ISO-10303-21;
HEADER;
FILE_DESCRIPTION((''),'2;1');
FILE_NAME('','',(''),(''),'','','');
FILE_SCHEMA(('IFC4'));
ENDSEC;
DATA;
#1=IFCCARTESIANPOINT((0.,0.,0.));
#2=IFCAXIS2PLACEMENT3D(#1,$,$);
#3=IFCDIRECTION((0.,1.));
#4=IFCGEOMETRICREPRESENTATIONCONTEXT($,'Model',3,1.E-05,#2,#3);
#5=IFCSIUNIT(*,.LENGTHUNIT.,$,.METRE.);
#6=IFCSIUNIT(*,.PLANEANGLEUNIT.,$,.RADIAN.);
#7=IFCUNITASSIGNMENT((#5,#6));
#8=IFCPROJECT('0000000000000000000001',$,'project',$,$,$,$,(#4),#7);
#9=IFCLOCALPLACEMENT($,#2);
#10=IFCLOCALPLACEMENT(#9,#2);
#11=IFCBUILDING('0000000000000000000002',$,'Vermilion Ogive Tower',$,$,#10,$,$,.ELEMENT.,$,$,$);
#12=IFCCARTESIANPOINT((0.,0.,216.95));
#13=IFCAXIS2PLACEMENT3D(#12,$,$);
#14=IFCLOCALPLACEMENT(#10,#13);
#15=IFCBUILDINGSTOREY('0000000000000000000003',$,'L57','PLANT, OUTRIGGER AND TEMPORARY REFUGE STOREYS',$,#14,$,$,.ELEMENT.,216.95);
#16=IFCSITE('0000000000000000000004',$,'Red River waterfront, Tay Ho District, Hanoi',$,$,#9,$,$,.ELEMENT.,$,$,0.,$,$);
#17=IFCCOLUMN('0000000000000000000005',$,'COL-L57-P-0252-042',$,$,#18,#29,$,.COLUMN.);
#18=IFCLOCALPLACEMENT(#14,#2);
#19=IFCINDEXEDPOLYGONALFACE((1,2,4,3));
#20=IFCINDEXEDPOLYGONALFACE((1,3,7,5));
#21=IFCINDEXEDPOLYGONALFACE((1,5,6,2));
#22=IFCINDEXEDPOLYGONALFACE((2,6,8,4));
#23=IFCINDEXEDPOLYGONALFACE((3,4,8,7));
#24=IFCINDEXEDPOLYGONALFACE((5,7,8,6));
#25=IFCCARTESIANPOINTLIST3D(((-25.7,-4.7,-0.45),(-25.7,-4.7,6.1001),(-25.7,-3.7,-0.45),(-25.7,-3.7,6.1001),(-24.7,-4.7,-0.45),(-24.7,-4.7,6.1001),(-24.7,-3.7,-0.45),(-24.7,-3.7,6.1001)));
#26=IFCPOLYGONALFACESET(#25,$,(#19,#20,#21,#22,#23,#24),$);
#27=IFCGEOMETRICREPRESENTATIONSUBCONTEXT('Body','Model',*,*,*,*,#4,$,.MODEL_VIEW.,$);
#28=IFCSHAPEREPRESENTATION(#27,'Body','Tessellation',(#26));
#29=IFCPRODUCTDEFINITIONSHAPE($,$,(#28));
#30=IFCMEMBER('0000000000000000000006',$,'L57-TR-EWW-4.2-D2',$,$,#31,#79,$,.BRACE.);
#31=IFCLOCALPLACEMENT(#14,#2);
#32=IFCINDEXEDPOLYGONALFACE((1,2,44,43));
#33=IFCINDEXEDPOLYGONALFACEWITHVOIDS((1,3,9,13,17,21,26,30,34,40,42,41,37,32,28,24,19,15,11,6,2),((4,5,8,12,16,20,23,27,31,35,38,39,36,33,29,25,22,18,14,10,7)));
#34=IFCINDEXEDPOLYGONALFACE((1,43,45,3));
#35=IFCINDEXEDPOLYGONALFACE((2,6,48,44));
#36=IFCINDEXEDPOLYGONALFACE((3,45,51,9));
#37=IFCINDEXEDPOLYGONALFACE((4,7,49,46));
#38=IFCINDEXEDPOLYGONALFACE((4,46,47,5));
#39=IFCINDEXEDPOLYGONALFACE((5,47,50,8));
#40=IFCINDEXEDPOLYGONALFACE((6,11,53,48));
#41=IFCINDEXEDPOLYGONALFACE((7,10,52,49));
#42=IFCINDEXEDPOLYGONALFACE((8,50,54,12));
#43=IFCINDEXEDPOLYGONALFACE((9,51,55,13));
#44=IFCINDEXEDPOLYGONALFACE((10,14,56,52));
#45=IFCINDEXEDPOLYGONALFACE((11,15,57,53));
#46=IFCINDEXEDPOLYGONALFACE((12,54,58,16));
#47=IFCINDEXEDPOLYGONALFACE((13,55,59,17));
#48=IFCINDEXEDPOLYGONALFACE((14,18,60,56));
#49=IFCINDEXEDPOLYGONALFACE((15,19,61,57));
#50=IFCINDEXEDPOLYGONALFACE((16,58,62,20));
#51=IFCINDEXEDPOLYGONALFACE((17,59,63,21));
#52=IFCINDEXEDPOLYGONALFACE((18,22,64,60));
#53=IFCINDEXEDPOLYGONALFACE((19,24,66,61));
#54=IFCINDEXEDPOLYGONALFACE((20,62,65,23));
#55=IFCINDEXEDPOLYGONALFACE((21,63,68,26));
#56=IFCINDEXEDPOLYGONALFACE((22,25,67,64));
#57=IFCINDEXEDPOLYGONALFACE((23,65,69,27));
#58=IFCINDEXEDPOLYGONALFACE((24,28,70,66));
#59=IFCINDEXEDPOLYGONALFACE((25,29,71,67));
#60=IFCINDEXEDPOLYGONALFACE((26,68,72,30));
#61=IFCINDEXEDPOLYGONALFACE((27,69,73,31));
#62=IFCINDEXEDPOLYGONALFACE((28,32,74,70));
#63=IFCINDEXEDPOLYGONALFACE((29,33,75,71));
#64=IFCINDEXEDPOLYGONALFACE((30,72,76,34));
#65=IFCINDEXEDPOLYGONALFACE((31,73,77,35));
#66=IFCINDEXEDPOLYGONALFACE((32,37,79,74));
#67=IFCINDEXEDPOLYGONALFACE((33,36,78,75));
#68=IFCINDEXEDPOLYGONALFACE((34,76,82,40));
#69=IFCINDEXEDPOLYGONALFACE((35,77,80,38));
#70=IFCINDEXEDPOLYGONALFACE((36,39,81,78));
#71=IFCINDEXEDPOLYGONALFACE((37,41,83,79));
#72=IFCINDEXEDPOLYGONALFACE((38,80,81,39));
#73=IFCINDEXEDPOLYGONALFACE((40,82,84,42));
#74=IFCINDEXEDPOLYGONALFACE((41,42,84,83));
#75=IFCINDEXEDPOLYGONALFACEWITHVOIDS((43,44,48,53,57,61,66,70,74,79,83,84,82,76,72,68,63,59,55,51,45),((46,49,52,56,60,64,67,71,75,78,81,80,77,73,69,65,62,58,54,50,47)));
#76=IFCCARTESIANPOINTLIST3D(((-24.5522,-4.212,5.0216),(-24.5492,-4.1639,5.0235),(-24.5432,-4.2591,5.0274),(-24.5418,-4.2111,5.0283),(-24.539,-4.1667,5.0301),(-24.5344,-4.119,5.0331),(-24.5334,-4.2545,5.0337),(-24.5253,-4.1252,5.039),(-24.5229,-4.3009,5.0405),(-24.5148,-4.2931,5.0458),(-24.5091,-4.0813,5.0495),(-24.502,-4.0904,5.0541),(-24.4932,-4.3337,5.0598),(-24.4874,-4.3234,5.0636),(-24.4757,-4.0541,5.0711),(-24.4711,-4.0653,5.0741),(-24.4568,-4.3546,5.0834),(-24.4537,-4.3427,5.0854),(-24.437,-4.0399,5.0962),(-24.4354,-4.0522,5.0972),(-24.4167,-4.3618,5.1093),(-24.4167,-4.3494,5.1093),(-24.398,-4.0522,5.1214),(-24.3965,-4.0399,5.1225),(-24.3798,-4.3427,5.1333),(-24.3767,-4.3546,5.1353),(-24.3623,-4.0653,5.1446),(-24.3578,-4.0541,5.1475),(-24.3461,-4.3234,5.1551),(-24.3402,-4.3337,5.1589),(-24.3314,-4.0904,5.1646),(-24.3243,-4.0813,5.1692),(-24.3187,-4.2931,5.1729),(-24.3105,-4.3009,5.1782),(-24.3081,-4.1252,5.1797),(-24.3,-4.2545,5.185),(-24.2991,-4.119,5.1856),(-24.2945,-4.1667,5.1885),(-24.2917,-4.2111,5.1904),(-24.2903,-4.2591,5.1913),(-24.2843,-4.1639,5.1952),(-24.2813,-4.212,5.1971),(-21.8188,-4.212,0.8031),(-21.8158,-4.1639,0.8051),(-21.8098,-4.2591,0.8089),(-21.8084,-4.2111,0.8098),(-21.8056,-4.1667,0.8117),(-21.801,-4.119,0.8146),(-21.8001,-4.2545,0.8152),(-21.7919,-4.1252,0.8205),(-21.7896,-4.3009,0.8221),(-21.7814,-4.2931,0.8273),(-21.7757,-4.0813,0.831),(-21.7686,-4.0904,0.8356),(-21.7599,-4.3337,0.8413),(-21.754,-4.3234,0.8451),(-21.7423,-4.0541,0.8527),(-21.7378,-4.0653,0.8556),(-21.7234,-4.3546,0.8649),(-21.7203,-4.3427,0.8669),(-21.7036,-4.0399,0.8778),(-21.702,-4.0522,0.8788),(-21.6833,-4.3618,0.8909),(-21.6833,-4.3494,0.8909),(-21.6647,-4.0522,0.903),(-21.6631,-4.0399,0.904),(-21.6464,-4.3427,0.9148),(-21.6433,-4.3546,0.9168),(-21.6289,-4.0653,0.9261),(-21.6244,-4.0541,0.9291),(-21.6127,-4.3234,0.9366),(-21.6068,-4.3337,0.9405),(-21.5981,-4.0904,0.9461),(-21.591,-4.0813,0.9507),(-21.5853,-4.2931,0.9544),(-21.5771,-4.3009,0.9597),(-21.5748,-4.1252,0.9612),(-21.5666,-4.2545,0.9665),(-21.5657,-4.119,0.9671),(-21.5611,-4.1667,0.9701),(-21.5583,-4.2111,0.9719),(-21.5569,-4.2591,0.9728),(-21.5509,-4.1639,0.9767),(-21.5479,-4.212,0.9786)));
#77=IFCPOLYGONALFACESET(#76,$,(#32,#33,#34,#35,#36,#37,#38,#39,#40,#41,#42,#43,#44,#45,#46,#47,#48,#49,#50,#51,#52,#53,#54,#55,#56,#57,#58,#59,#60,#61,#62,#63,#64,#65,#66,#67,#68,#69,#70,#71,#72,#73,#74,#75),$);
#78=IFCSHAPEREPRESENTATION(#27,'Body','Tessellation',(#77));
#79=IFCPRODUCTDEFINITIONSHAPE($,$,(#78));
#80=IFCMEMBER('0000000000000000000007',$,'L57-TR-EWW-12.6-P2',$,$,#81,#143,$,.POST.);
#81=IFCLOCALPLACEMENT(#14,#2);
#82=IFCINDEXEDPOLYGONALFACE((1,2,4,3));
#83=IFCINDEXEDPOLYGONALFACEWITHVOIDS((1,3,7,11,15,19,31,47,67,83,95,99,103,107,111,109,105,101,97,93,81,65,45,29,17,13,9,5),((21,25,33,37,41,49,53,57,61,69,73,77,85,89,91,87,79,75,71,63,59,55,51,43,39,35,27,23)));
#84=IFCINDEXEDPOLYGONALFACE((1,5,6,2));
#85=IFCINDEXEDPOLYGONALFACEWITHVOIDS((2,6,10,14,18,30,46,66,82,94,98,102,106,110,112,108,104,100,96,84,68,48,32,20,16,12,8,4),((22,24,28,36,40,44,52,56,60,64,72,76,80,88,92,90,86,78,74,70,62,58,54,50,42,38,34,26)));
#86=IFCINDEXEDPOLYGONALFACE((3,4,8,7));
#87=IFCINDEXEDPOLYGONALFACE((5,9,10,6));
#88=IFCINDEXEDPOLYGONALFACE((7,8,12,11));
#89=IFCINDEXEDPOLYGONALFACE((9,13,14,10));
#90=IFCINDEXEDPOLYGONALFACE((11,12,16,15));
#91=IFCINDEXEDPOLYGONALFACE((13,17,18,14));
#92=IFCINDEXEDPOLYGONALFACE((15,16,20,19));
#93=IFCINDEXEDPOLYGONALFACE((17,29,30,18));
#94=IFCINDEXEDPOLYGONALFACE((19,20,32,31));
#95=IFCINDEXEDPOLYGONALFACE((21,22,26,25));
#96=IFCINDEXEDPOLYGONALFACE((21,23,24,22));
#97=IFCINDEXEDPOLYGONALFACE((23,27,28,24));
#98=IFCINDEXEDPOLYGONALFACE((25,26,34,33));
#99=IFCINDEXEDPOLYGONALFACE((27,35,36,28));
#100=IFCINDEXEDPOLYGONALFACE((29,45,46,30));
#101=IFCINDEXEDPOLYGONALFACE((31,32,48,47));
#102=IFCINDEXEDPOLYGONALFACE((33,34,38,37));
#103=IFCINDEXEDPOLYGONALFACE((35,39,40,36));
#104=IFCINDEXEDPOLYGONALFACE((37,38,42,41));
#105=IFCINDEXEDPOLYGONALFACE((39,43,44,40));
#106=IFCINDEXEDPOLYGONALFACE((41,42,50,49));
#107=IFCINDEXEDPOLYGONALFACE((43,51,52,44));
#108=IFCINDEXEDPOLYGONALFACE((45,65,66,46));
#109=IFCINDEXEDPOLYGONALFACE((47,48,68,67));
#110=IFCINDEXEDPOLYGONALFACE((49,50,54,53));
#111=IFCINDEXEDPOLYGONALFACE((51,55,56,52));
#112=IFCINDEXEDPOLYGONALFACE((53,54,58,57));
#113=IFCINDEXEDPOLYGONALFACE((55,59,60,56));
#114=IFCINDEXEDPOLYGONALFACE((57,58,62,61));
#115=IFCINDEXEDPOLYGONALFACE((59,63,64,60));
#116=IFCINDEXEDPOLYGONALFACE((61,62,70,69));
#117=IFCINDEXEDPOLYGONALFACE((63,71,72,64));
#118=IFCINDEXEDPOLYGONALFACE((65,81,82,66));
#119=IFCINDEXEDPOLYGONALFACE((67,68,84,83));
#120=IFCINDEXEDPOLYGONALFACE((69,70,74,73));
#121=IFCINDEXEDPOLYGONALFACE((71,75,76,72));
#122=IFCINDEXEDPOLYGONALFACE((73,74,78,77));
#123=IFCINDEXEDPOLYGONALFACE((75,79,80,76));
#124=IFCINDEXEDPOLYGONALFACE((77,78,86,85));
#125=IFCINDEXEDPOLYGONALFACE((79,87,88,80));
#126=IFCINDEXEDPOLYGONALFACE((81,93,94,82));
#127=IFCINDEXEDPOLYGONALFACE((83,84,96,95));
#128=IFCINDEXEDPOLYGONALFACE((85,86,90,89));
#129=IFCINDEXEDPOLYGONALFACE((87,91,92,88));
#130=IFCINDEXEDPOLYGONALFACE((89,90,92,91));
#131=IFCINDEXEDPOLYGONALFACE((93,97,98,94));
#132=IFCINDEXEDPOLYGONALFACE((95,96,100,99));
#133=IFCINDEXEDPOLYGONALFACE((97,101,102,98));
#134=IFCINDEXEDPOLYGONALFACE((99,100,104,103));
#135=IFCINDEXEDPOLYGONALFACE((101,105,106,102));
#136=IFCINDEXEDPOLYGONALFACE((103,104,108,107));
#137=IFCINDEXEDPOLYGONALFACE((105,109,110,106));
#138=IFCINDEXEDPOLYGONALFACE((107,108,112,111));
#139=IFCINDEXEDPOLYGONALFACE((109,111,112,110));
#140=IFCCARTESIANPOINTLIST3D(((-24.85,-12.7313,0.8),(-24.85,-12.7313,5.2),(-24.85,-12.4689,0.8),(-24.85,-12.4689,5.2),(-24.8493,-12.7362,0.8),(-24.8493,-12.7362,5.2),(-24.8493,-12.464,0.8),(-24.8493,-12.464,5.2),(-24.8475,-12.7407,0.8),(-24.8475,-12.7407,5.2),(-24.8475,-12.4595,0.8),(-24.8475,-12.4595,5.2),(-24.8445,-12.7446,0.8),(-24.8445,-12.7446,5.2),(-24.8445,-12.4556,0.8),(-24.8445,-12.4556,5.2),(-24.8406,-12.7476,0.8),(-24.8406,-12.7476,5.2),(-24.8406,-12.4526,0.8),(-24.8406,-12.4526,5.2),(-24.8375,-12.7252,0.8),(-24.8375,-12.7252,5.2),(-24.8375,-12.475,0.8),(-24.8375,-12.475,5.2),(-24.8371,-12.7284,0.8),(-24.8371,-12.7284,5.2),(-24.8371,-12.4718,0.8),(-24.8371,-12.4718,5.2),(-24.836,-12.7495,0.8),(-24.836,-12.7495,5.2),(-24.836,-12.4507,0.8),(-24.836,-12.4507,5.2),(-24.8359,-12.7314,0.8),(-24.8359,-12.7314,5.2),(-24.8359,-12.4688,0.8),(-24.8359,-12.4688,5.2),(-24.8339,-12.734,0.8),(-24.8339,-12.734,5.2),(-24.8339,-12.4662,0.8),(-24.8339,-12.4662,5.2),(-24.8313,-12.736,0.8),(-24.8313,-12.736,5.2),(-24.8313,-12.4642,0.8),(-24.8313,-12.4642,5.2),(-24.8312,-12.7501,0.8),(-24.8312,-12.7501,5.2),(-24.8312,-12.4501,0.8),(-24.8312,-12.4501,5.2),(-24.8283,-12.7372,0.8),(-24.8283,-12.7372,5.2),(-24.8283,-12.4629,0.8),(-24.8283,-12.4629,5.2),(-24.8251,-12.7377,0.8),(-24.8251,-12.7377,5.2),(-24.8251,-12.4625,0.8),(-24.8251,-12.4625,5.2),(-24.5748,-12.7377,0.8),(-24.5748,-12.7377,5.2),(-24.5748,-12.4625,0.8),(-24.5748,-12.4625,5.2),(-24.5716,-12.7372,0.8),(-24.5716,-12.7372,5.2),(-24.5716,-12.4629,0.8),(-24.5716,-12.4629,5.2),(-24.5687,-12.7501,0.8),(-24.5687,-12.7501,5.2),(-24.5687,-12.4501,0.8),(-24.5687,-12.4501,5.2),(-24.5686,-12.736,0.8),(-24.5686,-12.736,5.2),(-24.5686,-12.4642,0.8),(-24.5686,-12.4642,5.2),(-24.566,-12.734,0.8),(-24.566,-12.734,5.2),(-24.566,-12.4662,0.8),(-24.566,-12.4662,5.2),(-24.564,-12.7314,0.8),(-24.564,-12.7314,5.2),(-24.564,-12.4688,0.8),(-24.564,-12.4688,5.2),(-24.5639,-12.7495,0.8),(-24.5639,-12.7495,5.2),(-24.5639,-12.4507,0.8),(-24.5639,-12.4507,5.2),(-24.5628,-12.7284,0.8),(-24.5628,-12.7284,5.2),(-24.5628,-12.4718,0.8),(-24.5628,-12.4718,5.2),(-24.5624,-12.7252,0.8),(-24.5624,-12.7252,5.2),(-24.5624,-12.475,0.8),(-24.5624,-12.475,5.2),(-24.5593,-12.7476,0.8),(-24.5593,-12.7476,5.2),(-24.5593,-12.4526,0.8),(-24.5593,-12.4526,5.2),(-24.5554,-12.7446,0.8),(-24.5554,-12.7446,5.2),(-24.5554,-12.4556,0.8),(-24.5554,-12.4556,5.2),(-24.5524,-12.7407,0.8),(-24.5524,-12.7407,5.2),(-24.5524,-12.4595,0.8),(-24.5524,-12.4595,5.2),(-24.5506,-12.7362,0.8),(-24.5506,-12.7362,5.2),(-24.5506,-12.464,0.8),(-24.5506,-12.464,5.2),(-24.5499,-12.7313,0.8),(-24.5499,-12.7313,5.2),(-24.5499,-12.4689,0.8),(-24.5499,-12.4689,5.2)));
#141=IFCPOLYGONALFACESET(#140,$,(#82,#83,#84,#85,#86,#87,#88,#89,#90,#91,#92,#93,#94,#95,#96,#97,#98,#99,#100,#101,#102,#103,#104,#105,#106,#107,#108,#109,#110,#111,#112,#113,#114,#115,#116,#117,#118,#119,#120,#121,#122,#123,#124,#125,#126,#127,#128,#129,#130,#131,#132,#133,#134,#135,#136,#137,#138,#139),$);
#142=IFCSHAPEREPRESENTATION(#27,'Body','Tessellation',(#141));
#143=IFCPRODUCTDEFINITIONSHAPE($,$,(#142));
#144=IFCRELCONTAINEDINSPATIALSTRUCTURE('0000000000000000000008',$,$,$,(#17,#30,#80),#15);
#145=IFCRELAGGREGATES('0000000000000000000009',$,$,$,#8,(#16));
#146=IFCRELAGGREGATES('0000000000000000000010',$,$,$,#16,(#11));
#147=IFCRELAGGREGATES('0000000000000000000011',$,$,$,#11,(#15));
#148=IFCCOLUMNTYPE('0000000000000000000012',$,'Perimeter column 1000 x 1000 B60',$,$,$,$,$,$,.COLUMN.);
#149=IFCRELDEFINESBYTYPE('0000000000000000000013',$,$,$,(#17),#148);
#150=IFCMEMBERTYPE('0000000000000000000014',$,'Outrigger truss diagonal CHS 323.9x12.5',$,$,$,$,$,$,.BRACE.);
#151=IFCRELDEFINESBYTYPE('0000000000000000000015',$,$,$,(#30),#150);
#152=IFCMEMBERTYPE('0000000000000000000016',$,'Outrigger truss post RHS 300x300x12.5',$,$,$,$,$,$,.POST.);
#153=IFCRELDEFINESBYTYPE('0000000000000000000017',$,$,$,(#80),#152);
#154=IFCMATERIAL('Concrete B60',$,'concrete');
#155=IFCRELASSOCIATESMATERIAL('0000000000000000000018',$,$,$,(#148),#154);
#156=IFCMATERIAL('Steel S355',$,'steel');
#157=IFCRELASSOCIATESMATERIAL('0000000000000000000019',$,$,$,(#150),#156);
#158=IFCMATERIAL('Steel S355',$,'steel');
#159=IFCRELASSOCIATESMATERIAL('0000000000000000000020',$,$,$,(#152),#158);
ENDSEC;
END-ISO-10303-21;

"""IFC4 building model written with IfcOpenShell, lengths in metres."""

from ifc_helpers import new_model, si_unit, direction, frame, origin, origin_2d, place, context, subcontext, project, spatial, rectangle, hollow_rectangle, hollow_circle, extrude, material, material_profile, profile_set, type_object, element, save


model = new_model("IFC4")

# Units and contexts
model_context = context("Model", 3, precision=1e-05, world=origin(), true_north=direction((0.0, 1.0)))
body_context = subcontext(model_context, "Body", "Model", "MODEL_VIEW")
ifc_project = project(units=[si_unit("LENGTHUNIT", "METRE"), si_unit("PLANEANGLEUNIT", "RADIAN")], contexts=[model_context])

# Site, building, storey
site_placement = place(None, origin())
site = spatial("IfcSite", under=ifc_project, at=site_placement, Name="Red River waterfront, Tay Ho District, Hanoi", CompositionType="ELEMENT", RefElevation=0.0)
building_placement = place(site_placement, origin())
building = spatial("IfcBuilding", under=site, at=building_placement, Name="Vermilion Ogive Tower", CompositionType="ELEMENT")
storey_placement = place(building_placement, frame((0.0, 0.0, 216.95)))
storey = spatial("IfcBuildingStorey", under=building, at=storey_placement, Name="L57", Description="PLANT, OUTRIGGER AND TEMPORARY REFUGE STOREYS", CompositionType="ELEMENT", Elevation=216.95)

# Column
ifc_material_1 = material(Name="Concrete B60", Category="concrete")
ifc_material_profile_1 = material_profile(ifc_material_1, rectangle(XDim=1.0, YDim=1.0, at=origin_2d()), Name="1000 x 1000")
ifc_profile_set_1 = profile_set([ifc_material_profile_1], Name="Concrete B60")
column_type = type_object("IfcColumnType", Name="Perimeter column 1000 x 1000 B60", PredefinedType="COLUMN", material=ifc_profile_set_1)
column_placement = place(storey_placement, frame((-25.2, -4.2, -0.45), z_axis=(0.0, 0.0, 1.0), x_axis=(1.0, 0.0, 0.0)))
element("IfcColumn", 1, at=column_placement, inside=storey, type_object=column_type, Name="COL-L57-P-0252-042", PredefinedType="COLUMN", context=body_context, shape_type="SweptSolid", body=[
    extrude(rectangle(XDim=1.0, YDim=1.0, at=origin_2d()), origin(), (0.0, 0.0, 1.0), 6.55),
])

# Members
ifc_material_2 = material(Name="Steel S355", Category="steel")
ifc_material_profile_2 = material_profile(ifc_material_2, hollow_circle(Radius=0.1619, WallThickness=0.0125, at=origin_2d()), Name="CHS 323.9x12.5")
ifc_profile_set_2 = profile_set([ifc_material_profile_2], Name="Steel S355")
member_type_1 = type_object("IfcMemberType", Name="Outrigger truss diagonal CHS 323.9x12.5", PredefinedType="BRACE", material=ifc_profile_set_2)
member_1_placement = place(storey_placement, frame((-21.6833, -4.2, 0.8909), z_axis=(-0.543781, 0.0, 0.839227), x_axis=(0.0, -1.0, 0.0)))
element("IfcMember", 2, at=member_1_placement, inside=storey, type_object=member_type_1, Name="L57-TR-EWW-4.2-D2", PredefinedType="BRACE", context=body_context, shape_type="SweptSolid", body=[
    extrude(hollow_circle(Radius=0.1619, WallThickness=0.0125, at=origin_2d()), origin(), (0.0, 0.0, 1.0), 5.0266),
])
ifc_material_3 = material(Name="Steel S355", Category="steel")
ifc_material_profile_3 = material_profile(ifc_material_3, hollow_rectangle(XDim=0.3, YDim=0.3, WallThickness=0.0125, InnerFilletRadius=0.0125, OuterFilletRadius=0.0188, at=origin_2d()), Name="RHS 300x300x12.5")
ifc_profile_set_3 = profile_set([ifc_material_profile_3], Name="Steel S355")
member_type_2 = type_object("IfcMemberType", Name="Outrigger truss post RHS 300x300x12.5", PredefinedType="POST", material=ifc_profile_set_3)
for number, where, z_axis, x_axis, name in (
    (3, (-24.7, -12.6001, 0.8), (0.0, 0.0, 1.0), (1.0, 0.0, 0.0), "L57-TR-EWW-12.6-P2"),
):
    element("IfcMember", number, at=place(storey_placement, frame(where, z_axis=z_axis, x_axis=x_axis)), inside=storey, type_object=member_type_2, Name=name, PredefinedType="POST", context=body_context, shape_type="SweptSolid", body=[
        extrude(hollow_rectangle(XDim=0.3, YDim=0.3, WallThickness=0.0125, InnerFilletRadius=0.0125, OuterFilletRadius=0.0188, at=origin_2d()), origin(), (0.0, 0.0, 1.0), 4.3999),
    ])

save(model, "model.ifc")
